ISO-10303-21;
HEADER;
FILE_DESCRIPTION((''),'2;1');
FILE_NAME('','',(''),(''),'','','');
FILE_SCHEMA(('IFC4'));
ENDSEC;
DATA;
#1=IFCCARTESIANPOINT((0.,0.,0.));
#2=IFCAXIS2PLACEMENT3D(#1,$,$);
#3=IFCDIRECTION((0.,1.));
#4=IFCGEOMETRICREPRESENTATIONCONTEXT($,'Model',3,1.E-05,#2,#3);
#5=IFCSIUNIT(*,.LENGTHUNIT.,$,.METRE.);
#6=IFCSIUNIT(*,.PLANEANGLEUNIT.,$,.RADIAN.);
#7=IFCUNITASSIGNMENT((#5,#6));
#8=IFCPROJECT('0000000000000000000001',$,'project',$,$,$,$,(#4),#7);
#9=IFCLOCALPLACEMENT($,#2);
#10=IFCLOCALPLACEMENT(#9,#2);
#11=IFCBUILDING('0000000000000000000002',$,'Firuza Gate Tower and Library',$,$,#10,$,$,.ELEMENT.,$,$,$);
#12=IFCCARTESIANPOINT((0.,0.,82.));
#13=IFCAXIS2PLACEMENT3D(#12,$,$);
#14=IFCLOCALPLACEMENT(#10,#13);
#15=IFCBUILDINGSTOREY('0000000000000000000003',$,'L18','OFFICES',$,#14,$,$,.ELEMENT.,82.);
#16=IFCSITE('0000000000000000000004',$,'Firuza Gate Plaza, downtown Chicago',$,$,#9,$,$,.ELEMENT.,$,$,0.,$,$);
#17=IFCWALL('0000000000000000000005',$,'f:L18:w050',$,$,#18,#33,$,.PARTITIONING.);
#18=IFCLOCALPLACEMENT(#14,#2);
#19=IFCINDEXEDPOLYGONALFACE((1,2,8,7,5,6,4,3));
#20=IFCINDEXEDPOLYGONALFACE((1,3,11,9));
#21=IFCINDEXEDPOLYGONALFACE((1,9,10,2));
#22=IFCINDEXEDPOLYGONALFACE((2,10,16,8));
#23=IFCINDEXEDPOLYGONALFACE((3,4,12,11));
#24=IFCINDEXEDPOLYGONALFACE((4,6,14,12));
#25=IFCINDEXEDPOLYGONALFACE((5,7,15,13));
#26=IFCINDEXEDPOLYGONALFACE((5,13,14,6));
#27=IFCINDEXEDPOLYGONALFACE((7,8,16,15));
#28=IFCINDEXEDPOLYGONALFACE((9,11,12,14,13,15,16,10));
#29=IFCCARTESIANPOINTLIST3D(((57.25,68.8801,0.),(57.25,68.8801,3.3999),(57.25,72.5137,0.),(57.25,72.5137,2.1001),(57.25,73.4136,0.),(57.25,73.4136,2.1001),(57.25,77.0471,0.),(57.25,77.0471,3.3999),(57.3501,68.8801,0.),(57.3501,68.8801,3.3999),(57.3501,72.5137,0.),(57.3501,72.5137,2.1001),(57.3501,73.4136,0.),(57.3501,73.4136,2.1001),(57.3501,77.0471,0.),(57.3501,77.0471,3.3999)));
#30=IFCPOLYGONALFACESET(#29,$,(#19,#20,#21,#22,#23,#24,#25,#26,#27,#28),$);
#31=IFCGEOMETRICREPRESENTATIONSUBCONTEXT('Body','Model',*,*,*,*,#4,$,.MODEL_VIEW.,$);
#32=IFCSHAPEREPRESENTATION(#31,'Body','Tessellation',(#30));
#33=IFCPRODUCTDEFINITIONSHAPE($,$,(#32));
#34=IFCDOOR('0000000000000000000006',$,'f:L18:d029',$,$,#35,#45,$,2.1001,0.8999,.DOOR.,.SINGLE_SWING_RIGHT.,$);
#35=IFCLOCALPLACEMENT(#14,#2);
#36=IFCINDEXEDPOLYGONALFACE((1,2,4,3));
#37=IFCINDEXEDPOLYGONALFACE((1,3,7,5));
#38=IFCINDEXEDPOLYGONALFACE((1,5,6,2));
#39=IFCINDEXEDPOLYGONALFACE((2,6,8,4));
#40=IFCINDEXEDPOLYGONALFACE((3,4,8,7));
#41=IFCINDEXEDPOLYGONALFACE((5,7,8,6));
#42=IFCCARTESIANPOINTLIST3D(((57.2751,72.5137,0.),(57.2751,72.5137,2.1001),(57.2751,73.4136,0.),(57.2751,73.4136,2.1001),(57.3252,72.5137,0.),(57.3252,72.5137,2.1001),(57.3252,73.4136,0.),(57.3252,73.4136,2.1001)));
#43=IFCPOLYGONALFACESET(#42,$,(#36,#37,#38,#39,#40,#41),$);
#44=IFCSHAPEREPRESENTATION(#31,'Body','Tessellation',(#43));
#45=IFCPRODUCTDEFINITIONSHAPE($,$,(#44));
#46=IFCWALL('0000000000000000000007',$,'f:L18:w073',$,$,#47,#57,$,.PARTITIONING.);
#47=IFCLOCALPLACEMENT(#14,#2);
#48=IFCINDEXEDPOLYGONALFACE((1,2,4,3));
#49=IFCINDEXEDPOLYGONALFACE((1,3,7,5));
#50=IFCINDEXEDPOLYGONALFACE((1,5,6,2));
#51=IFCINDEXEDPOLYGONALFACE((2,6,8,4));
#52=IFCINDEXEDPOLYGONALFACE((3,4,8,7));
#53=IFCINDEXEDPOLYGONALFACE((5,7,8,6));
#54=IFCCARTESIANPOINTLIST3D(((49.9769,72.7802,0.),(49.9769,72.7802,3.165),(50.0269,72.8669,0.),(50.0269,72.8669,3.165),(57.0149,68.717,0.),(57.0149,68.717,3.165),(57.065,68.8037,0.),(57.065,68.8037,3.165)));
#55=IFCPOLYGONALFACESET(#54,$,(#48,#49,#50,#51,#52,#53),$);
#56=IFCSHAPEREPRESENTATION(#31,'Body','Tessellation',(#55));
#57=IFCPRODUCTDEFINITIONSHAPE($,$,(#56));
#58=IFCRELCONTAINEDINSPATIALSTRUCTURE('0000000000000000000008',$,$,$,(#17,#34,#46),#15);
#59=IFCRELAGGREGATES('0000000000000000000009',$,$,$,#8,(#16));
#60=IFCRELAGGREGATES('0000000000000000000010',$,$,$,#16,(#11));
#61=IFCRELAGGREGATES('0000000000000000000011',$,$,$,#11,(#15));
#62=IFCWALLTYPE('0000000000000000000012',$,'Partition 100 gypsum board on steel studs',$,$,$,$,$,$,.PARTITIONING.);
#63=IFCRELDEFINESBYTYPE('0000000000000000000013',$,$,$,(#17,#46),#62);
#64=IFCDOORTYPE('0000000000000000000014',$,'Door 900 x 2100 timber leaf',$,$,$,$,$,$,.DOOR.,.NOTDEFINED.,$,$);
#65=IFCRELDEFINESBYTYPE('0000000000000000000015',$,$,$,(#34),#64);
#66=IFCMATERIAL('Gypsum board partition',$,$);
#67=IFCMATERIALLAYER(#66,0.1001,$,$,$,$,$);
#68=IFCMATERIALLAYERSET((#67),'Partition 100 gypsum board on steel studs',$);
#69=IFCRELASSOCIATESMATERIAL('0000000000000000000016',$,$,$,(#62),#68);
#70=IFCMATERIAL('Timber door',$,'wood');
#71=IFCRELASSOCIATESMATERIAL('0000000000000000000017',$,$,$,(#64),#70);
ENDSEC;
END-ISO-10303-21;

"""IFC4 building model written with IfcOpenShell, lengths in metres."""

from ifc_helpers import new_model, si_unit, direction, frame, frame_2d, origin, place, context, subcontext, project, spatial, rectangle, extrude, material, layer, layer_set, type_object, element, fill, save


model = new_model("IFC4")

# Units and contexts
model_context = context("Model", 3, precision=1e-05, world=origin(), true_north=direction((0.0, 1.0)))
body_context = subcontext(model_context, "Body", "Model", "MODEL_VIEW")
ifc_project = project(units=[si_unit("LENGTHUNIT", "METRE"), si_unit("PLANEANGLEUNIT", "RADIAN")], contexts=[model_context])

# Site, building, storey
site_placement = place(None, origin())
site = spatial("IfcSite", under=ifc_project, at=site_placement, Name="Firuza Gate Plaza, downtown Chicago", CompositionType="ELEMENT", RefElevation=0.0)
building_placement = place(site_placement, origin())
building = spatial("IfcBuilding", under=site, at=building_placement, Name="Firuza Gate Tower and Library", CompositionType="ELEMENT")
storey_placement = place(building_placement, frame((0.0, 0.0, 82.0)))
storey = spatial("IfcBuildingStorey", under=building, at=storey_placement, Name="L18", Description="OFFICES", CompositionType="ELEMENT", Elevation=82.0)

# Shared definitions
ifc_material_1 = material(Name="Gypsum board partition")
ifc_layer_1 = layer(ifc_material_1, 0.1001)
ifc_layer_set_1 = layer_set([ifc_layer_1], Name="Partition 100 gypsum board on steel studs")
wall_type_1 = type_object("IfcWallType", Name="Partition 100 gypsum board on steel studs", PredefinedType="PARTITIONING", material=ifc_layer_set_1)
ifc_material_2 = material(Name="Timber door", Category="wood")
door_type_1 = type_object("IfcDoorType", Name="Door 900 x 2100 timber leaf", OperationType="NOTDEFINED", PredefinedType="DOOR", material=ifc_material_2)

# Wall, opening, door
wall_1_placement = place(storey_placement, frame((57.3, 68.8801, 0.0), z_axis=(0.0, 0.0, 1.0), x_axis=(0.0, 1.0, 0.0)))
wall_1 = element("IfcWall", 1, at=wall_1_placement, inside=storey, type_object=wall_type_1, Name="f:L18:w050", PredefinedType="PARTITIONING", context=body_context, shape_type="SweptSolid", body=[
    extrude(rectangle(XDim=8.167, YDim=0.1001, at=frame_2d((4.0835, 0.0))), origin(), (0.0, 0.0, 1.0), 3.3999),
])
opening_1_placement = place(wall_1_placement, frame((3.6335, 0.0, 0.0)))
opening_1 = element("IfcOpeningElement", 2, at=opening_1_placement, cuts=wall_1, PredefinedType="OPENING", context=body_context, shape_type="SweptSolid", body=[
    extrude(rectangle(XDim=0.8999, YDim=2.1001, at=frame_2d((0.45, 1.05))), frame((0.0, 0.0601, 0.0), z_axis=(0.0, -1.0, 0.0), x_axis=(1.0, 0.0, 0.0)), (0.0, 0.0, 1.0), 0.1201),
])
door_1_placement = place(opening_1_placement, origin())
door_1 = element("IfcDoor", 3, at=door_1_placement, inside=storey, type_object=door_type_1, Name="f:L18:d029", OperationType="SINGLE_SWING_RIGHT", OverallHeight=2.1001, OverallWidth=0.8999, PredefinedType="DOOR", context=body_context, shape_type="SweptSolid", body=[
    extrude(rectangle(XDim=0.8999, YDim=2.1001, at=frame_2d((0.45, 1.05))), frame((0.0, 0.0249, 0.0), z_axis=(0.0, -1.0, 0.0), x_axis=(1.0, 0.0, 0.0)), (0.0, 0.0, 1.0), 0.05),
])
fill(opening_1, door_1)

# Wall
wall_2_placement = place(storey_placement, frame((57.04, 68.7603, 0.0), z_axis=(0.0, 0.0, 1.0), x_axis=(-0.866037, 0.499981, 0.0)))
element("IfcWall", 4, at=wall_2_placement, inside=storey, type_object=wall_type_1, Name="f:L18:w073", PredefinedType="PARTITIONING", context=body_context, shape_type="SweptSolid", body=[
    extrude(rectangle(XDim=8.1267, YDim=0.1001, at=frame_2d((4.0635, 0.0))), origin(), (0.0, 0.0, 1.0), 3.165),
])

save(model, "model.ifc")
